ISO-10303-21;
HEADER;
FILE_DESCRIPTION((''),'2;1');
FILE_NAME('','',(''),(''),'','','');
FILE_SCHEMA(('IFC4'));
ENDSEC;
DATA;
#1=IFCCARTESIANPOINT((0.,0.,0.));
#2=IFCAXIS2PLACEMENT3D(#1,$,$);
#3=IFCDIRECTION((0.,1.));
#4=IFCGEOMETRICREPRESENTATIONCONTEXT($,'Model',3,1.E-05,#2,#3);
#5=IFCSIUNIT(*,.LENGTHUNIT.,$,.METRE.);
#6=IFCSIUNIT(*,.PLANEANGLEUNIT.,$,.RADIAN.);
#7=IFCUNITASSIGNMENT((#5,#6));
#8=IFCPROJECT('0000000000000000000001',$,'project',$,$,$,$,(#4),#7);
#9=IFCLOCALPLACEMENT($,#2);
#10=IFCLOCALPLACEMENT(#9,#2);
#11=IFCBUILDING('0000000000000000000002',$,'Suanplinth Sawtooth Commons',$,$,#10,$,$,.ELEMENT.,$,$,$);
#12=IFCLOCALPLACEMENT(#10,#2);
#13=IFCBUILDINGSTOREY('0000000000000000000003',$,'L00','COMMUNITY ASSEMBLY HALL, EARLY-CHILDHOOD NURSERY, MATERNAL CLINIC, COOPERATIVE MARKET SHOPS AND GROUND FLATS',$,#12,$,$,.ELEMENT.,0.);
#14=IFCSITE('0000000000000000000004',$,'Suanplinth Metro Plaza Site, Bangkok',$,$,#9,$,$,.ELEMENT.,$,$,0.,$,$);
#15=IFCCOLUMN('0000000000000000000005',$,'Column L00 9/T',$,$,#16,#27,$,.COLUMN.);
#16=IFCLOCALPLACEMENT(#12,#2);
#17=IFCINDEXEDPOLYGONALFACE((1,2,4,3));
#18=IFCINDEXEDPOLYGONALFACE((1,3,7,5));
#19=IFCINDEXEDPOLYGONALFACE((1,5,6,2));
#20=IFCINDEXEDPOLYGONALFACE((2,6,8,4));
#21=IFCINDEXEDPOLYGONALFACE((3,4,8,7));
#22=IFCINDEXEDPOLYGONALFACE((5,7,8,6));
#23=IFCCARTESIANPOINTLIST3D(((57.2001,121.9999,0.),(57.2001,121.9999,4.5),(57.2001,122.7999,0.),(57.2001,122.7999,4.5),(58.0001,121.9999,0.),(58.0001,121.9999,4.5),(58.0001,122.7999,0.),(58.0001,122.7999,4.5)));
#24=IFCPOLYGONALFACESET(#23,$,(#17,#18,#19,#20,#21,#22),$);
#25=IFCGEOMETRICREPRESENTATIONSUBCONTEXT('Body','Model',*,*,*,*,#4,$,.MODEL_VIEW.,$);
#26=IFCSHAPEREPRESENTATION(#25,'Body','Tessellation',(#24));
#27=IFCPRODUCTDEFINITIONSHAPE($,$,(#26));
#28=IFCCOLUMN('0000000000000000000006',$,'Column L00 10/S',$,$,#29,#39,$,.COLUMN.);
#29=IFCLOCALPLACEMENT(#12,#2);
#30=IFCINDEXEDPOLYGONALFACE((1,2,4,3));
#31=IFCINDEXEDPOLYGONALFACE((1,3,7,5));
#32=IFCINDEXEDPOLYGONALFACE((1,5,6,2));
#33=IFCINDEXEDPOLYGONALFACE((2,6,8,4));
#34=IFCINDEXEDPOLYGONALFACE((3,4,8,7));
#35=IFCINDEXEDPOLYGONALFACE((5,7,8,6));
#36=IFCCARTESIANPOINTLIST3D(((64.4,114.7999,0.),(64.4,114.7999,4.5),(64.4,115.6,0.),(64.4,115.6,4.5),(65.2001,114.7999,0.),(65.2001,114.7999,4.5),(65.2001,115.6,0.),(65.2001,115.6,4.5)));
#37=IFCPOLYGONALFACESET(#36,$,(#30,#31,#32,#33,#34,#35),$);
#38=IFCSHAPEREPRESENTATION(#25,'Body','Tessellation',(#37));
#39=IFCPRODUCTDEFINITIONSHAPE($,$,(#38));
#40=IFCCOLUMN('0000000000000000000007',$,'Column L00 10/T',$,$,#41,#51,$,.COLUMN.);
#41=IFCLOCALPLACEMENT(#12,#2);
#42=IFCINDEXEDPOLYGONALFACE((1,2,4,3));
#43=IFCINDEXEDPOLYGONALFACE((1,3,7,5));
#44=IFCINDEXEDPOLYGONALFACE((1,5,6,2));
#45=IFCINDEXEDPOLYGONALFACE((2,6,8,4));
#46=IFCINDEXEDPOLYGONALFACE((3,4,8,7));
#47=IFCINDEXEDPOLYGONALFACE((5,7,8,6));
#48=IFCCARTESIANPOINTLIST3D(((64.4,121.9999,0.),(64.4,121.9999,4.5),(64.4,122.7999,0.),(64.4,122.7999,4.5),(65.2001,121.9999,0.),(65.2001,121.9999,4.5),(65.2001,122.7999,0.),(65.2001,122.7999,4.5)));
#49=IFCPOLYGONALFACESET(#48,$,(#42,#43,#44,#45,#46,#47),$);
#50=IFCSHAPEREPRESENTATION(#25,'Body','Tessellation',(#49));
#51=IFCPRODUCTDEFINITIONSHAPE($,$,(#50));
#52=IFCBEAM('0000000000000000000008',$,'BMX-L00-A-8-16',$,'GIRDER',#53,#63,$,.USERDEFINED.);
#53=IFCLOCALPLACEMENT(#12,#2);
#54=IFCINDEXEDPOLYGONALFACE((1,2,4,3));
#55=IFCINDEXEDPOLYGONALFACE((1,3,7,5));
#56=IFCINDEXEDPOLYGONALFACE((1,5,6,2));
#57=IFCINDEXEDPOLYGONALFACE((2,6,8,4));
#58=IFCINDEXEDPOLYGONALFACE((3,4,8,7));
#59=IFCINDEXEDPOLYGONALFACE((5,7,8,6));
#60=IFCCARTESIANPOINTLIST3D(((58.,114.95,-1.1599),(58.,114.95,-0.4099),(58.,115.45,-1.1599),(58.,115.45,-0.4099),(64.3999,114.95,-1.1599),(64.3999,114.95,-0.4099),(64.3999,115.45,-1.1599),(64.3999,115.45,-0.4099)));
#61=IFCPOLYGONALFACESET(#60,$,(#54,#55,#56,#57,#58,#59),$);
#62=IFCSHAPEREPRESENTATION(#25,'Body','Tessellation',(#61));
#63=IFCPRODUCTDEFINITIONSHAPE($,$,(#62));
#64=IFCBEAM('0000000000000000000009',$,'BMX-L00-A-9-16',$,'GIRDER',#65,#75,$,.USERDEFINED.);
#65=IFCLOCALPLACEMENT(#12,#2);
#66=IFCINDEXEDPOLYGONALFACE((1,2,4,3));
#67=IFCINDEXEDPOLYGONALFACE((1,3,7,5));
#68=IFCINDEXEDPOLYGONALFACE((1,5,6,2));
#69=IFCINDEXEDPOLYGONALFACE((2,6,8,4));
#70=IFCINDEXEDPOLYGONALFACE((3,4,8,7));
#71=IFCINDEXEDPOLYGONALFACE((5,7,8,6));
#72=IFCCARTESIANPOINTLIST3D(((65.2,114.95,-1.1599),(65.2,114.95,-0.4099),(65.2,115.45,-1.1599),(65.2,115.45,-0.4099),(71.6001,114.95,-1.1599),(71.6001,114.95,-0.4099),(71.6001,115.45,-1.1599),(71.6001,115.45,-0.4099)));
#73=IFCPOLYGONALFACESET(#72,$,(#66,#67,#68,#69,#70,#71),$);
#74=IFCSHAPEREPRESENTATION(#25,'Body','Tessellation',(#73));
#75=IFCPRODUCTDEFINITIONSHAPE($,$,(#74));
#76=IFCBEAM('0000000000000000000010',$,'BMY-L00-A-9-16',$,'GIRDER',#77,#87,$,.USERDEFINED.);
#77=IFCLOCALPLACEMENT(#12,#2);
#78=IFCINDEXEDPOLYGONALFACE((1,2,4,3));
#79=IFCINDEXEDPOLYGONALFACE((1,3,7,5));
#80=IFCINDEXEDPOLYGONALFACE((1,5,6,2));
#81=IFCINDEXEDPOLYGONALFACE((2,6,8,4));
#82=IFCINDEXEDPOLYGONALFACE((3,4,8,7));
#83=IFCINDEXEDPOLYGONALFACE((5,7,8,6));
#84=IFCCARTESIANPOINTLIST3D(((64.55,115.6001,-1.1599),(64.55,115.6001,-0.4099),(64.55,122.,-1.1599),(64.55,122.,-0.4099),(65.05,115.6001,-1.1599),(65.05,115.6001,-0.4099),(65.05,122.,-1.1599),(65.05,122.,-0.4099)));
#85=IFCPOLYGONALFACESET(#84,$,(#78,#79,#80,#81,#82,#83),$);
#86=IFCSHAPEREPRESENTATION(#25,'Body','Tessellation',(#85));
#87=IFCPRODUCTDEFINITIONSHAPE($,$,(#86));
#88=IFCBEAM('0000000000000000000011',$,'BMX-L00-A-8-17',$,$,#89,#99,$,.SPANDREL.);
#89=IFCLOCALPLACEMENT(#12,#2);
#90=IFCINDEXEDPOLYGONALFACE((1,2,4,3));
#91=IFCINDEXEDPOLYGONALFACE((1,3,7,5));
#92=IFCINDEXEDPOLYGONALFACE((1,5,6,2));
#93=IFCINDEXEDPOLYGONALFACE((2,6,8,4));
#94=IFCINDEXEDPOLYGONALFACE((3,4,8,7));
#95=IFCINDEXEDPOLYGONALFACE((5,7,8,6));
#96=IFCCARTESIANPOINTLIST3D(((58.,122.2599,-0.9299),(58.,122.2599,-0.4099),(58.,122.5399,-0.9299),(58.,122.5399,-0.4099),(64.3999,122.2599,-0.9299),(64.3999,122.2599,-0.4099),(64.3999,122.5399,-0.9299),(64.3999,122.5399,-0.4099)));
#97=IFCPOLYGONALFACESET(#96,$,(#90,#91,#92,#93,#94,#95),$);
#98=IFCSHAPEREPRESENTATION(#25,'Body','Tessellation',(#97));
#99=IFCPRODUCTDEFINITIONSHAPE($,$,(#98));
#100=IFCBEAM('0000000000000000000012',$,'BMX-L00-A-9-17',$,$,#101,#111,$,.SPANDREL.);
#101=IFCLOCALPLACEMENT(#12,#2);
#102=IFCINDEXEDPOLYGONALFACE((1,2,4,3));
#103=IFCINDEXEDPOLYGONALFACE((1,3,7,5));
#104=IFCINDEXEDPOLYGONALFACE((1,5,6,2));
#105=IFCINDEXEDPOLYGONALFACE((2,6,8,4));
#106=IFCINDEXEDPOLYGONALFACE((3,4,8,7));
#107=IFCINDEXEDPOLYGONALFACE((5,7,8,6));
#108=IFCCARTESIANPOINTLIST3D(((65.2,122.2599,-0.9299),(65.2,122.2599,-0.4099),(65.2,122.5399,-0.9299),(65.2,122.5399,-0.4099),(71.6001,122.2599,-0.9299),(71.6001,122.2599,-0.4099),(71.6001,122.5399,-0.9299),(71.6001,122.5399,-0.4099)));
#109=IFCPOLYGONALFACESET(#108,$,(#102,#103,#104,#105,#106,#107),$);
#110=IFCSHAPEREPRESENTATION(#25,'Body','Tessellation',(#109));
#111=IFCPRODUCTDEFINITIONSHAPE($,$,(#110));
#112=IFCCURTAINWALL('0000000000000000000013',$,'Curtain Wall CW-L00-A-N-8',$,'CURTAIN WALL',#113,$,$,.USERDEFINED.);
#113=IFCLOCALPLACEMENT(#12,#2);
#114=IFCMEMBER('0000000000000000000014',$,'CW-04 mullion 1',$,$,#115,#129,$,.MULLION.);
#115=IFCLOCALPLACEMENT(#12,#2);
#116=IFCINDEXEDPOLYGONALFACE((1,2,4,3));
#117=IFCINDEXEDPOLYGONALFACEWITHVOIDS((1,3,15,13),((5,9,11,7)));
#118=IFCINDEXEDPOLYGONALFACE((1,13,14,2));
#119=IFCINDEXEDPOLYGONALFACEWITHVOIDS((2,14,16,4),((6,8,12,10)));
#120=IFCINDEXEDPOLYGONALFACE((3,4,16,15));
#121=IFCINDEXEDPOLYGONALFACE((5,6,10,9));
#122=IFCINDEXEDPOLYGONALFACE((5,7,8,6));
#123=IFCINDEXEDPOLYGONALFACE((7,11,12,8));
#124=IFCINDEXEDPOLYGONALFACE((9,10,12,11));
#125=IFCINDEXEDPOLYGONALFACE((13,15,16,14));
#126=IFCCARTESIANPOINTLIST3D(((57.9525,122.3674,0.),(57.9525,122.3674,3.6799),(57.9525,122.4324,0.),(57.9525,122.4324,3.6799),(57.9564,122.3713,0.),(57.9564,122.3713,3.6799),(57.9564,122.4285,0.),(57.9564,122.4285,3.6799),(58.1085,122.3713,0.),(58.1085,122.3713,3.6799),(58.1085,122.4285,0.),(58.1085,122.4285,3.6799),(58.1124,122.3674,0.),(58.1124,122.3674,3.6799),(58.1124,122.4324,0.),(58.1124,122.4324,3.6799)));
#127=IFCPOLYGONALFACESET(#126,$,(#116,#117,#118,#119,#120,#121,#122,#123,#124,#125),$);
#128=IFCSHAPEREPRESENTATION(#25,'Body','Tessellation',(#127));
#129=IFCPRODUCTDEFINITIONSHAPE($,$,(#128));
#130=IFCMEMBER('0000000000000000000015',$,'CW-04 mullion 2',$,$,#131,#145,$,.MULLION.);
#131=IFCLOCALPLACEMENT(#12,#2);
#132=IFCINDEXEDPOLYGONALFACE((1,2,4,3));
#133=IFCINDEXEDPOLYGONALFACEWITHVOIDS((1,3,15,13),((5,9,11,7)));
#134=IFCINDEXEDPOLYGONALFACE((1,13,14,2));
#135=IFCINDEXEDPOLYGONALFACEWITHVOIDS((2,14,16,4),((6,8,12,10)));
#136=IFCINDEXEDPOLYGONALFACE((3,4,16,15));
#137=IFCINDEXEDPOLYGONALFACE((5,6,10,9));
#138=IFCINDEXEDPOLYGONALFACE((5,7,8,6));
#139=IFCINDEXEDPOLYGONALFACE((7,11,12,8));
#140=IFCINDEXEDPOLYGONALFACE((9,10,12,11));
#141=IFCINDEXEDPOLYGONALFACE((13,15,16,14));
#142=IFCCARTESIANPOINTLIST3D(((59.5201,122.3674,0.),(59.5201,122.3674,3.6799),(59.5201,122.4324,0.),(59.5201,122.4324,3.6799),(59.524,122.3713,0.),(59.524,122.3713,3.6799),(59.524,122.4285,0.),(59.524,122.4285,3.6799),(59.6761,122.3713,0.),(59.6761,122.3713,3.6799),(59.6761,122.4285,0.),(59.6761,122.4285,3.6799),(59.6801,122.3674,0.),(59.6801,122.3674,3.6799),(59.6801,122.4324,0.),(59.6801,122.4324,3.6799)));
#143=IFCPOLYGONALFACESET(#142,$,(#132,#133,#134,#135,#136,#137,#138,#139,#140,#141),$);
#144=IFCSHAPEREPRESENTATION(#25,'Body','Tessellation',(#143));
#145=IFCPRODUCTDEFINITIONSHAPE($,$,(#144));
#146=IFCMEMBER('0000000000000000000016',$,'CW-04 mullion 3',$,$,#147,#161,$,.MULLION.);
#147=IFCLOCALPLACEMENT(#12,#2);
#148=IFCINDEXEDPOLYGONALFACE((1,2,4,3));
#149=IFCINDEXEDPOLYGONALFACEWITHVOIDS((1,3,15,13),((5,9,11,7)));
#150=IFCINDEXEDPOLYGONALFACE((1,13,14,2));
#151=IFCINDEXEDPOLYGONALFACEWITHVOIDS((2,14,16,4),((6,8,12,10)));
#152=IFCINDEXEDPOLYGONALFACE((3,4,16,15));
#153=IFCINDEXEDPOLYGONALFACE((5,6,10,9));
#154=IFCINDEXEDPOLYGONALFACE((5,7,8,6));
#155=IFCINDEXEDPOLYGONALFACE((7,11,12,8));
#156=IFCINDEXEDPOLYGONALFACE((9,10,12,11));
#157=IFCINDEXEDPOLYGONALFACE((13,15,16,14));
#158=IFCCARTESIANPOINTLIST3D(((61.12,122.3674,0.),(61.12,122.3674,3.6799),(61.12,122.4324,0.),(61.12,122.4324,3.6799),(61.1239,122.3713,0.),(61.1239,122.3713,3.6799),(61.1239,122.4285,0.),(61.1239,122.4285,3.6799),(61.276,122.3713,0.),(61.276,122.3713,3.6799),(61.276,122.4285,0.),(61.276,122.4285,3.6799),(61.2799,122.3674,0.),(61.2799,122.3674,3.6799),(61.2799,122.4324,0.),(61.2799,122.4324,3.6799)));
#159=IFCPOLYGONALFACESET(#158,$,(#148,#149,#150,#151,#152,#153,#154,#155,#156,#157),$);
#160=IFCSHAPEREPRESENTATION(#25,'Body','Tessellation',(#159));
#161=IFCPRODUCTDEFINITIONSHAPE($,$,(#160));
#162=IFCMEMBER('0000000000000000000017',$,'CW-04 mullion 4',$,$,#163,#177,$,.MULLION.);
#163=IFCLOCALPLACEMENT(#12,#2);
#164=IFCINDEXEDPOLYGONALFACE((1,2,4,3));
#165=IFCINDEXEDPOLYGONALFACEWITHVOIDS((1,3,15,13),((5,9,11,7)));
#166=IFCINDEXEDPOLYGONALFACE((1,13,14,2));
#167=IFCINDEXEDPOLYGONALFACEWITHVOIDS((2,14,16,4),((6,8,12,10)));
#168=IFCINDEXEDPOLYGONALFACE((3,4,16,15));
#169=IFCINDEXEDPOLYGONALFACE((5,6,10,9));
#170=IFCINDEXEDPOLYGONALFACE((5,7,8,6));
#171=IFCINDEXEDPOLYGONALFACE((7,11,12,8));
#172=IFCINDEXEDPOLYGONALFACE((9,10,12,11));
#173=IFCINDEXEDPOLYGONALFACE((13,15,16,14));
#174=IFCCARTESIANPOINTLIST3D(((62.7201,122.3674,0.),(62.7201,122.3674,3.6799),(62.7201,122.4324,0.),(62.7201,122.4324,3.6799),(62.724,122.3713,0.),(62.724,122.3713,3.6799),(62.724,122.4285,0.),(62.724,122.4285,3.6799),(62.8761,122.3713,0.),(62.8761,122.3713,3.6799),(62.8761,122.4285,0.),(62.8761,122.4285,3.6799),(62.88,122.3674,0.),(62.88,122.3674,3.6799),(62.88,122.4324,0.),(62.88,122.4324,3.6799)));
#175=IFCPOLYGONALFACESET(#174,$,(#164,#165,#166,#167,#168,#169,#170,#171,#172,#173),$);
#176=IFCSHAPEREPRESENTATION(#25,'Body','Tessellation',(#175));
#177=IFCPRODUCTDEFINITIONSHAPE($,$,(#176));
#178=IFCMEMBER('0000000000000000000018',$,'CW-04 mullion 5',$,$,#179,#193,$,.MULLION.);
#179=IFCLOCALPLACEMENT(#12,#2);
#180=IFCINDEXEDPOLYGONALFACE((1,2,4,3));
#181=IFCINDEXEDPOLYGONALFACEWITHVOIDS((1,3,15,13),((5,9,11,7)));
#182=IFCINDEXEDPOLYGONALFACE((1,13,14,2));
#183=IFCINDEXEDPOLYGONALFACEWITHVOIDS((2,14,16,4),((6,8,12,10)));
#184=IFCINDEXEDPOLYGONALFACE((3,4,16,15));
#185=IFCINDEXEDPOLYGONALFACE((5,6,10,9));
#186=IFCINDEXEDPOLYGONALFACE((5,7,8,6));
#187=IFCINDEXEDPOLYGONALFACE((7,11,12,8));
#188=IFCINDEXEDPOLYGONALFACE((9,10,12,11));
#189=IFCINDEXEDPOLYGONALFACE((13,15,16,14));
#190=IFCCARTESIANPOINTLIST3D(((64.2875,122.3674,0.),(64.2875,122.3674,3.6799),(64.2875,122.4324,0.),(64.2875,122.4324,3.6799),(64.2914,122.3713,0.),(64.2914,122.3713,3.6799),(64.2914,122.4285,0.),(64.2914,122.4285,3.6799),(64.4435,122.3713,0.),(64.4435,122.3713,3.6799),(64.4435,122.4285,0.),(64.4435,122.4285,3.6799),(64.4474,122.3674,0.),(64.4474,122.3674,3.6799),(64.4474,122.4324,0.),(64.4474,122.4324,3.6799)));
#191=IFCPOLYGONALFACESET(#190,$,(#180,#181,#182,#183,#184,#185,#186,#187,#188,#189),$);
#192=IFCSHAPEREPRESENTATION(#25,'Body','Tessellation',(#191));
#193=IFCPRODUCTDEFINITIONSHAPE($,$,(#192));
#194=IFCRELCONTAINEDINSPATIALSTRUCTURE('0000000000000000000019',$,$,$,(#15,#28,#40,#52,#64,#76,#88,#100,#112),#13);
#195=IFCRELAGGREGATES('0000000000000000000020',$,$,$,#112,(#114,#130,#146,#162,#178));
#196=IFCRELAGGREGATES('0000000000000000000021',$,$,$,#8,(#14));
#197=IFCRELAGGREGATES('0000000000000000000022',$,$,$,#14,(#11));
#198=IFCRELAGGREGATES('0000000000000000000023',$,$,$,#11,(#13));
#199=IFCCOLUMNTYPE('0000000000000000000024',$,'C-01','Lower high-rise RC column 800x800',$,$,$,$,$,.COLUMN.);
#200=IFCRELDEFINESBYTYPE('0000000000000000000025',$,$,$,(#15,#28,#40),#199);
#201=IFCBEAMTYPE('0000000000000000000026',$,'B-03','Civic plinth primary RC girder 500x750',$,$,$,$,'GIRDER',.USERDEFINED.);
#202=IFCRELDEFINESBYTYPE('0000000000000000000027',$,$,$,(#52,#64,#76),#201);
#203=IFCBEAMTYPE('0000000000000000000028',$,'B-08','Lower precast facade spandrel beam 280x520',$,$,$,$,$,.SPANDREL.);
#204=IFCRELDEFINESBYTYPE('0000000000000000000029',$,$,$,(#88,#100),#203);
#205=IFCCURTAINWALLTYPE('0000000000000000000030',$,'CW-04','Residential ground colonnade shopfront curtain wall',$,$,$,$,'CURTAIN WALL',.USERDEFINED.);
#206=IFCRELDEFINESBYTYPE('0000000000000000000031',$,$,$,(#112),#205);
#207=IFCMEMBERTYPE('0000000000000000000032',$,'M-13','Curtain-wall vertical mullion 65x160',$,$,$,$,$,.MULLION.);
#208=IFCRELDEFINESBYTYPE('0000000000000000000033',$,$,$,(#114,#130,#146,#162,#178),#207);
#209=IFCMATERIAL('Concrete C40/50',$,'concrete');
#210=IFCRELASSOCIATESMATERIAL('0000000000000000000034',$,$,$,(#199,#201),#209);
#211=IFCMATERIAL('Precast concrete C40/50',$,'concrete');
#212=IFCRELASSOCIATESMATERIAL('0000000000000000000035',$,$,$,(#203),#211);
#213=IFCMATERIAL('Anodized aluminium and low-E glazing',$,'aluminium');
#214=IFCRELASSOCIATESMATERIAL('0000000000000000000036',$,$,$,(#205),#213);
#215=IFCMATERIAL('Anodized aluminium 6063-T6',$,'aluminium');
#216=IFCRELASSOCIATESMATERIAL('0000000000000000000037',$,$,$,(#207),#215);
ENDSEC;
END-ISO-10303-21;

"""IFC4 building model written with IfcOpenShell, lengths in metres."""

from ifc_helpers import new_model, si_unit, direction, frame, origin, origin_2d, place, context, subcontext, project, spatial, rectangle, hollow_rectangle, extrude, material, material_profile, profile_set, type_object, element, aggregate, save


model = new_model("IFC4")

# Units and contexts
model_context = context("Model", 3, precision=1e-05, world=origin(), true_north=direction((0.0, 1.0)))
body_context = subcontext(model_context, "Body", "Model", "MODEL_VIEW")
ifc_project = project(units=[si_unit("LENGTHUNIT", "METRE"), si_unit("PLANEANGLEUNIT", "RADIAN")], contexts=[model_context])

# Site, building, storey
site_placement = place(None, origin())
site = spatial("IfcSite", under=ifc_project, at=site_placement, Name="Suanplinth Metro Plaza Site, Bangkok", CompositionType="ELEMENT", RefElevation=0.0)
building_placement = place(site_placement, origin())
building = spatial("IfcBuilding", under=site, at=building_placement, Name="Suanplinth Sawtooth Commons", CompositionType="ELEMENT")
storey_placement = place(building_placement, origin())
storey = spatial("IfcBuildingStorey", under=building, at=storey_placement, Name="L00", Description="COMMUNITY ASSEMBLY HALL, EARLY-CHILDHOOD NURSERY, MATERNAL CLINIC, COOPERATIVE MARKET SHOPS AND GROUND FLATS", CompositionType="ELEMENT", Elevation=0.0)

# Columns
ifc_material_1 = material(Name="Concrete C40/50", Category="concrete")
ifc_material_profile_1 = material_profile(ifc_material_1, rectangle(XDim=0.8, YDim=0.8, at=origin_2d()), Name="RC-COL 800x800")
ifc_profile_set_1 = profile_set([ifc_material_profile_1], Name="Concrete C40/50")
column_type = type_object("IfcColumnType", Name="C-01", Description="Lower high-rise RC column 800x800", PredefinedType="COLUMN", material=ifc_profile_set_1)
for number, where, z_axis, x_axis, name in (
    (1, (57.6001, 122.3999, 0.0), (0.0, 0.0, 1.0), (1.0, 0.0, 0.0), "Column L00 9/T"),
    (2, (64.8, 115.2, 0.0), (0.0, 0.0, 1.0), (1.0, 0.0, 0.0), "Column L00 10/S"),
    (3, (64.8, 122.3999, 0.0), (0.0, 0.0, 1.0), (1.0, 0.0, 0.0), "Column L00 10/T"),
):
    element("IfcColumn", number, at=place(storey_placement, frame(where, z_axis=z_axis, x_axis=x_axis)), inside=storey, type_object=column_type, Name=name, PredefinedType="COLUMN", context=body_context, shape_type="SweptSolid", body=[
        extrude(rectangle(XDim=0.8, YDim=0.8, at=origin_2d()), origin(), (0.0, 0.0, 1.0), 4.5),
    ])

# Beams
ifc_material_profile_2 = material_profile(ifc_material_1, rectangle(XDim=0.5, YDim=0.75, at=origin_2d()), Name="RC-GDR 500x750")
ifc_profile_set_2 = profile_set([ifc_material_profile_2], Name="Concrete C40/50")
beam_type_1 = type_object("IfcBeamType", Name="B-03", Description="Civic plinth primary RC girder 500x750", ElementType="GIRDER", PredefinedType="USERDEFINED", material=ifc_profile_set_2)
beam_1_placement = place(storey_placement, frame((58.0, 115.2, -0.7849), z_axis=(1.0, 0.0, 0.0), x_axis=(0.0, 1.0, 0.0)))
element("IfcBeam", 4, at=beam_1_placement, inside=storey, type_object=beam_type_1, Name="BMX-L00-A-8-16", ObjectType="GIRDER", PredefinedType="USERDEFINED", context=body_context, shape_type="SweptSolid", body=[
    extrude(rectangle(XDim=0.5, YDim=0.75, at=origin_2d()), origin(), (0.0, 0.0, 1.0), 6.3999),
])
beam_2_placement = place(storey_placement, frame((65.2, 115.2, -0.7849), z_axis=(1.0, 0.0, 0.0), x_axis=(0.0, 1.0, 0.0)))
element("IfcBeam", 5, at=beam_2_placement, inside=storey, type_object=beam_type_1, Name="BMX-L00-A-9-16", ObjectType="GIRDER", PredefinedType="USERDEFINED", context=body_context, shape_type="SweptSolid", body=[
    extrude(rectangle(XDim=0.5, YDim=0.75, at=origin_2d()), origin(), (0.0, 0.0, 1.0), 6.4001),
])
beam_3_placement = place(storey_placement, frame((64.8, 115.6001, -0.7849), z_axis=(0.0, 1.0, 0.0), x_axis=(-1.0, 0.0, 0.0)))
element("IfcBeam", 6, at=beam_3_placement, inside=storey, type_object=beam_type_1, Name="BMY-L00-A-9-16", ObjectType="GIRDER", PredefinedType="USERDEFINED", context=body_context, shape_type="SweptSolid", body=[
    extrude(rectangle(XDim=0.5, YDim=0.75, at=origin_2d()), origin(), (0.0, 0.0, 1.0), 6.3999),
])
ifc_material_2 = material(Name="Precast concrete C40/50", Category="concrete")
ifc_material_profile_3 = material_profile(ifc_material_2, rectangle(XDim=0.28, YDim=0.52, at=origin_2d()), Name="PC-SP 280x520")
ifc_profile_set_3 = profile_set([ifc_material_profile_3], Name="Precast concrete C40/50")
beam_type_2 = type_object("IfcBeamType", Name="B-08", Description="Lower precast facade spandrel beam 280x520", PredefinedType="SPANDREL", material=ifc_profile_set_3)
beam_4_placement = place(storey_placement, frame((58.0, 122.3999, -0.6699), z_axis=(1.0, 0.0, 0.0), x_axis=(0.0, 1.0, 0.0)))
element("IfcBeam", 7, at=beam_4_placement, inside=storey, type_object=beam_type_2, Name="BMX-L00-A-8-17", PredefinedType="SPANDREL", context=body_context, shape_type="SweptSolid", body=[
    extrude(rectangle(XDim=0.28, YDim=0.52, at=origin_2d()), origin(), (0.0, 0.0, 1.0), 6.3999),
])
beam_5_placement = place(storey_placement, frame((65.2, 122.3999, -0.6699), z_axis=(1.0, 0.0, 0.0), x_axis=(0.0, 1.0, 0.0)))
element("IfcBeam", 8, at=beam_5_placement, inside=storey, type_object=beam_type_2, Name="BMX-L00-A-9-17", PredefinedType="SPANDREL", context=body_context, shape_type="SweptSolid", body=[
    extrude(rectangle(XDim=0.28, YDim=0.52, at=origin_2d()), origin(), (0.0, 0.0, 1.0), 6.4001),
])

# Curtain wall, members
ifc_material_3 = material(Name="Anodized aluminium and low-E glazing", Category="aluminium")
curtain_wall_type = type_object("IfcCurtainWallType", Name="CW-04", Description="Residential ground colonnade shopfront curtain wall", ElementType="CURTAIN WALL", PredefinedType="USERDEFINED", material=ifc_material_3)
curtain_wall_placement = place(storey_placement, origin())
curtain_wall = element("IfcCurtainWall", 9, at=curtain_wall_placement, inside=storey, type_object=curtain_wall_type, Name="Curtain Wall CW-L00-A-N-8", ObjectType="CURTAIN WALL", PredefinedType="USERDEFINED")
ifc_material_4 = material(Name="Anodized aluminium 6063-T6", Category="aluminium")
ifc_material_profile_4 = material_profile(ifc_material_4, hollow_rectangle(XDim=0.0649, YDim=0.1599, WallThickness=0.0039, at=origin_2d()), Name="ALU-MUL 65x160")
ifc_profile_set_4 = profile_set([ifc_material_profile_4], Name="Anodized aluminium 6063-T6")
member_type_1 = type_object("IfcMemberType", Name="M-13", Description="Curtain-wall vertical mullion 65x160", PredefinedType="MULLION", material=ifc_profile_set_4)
member_1_placement = place(storey_placement, frame((58.0325, 122.3999, 0.0), z_axis=(0.0, 0.0, 1.0), x_axis=(0.0, 1.0, 0.0)))
member_1 = element("IfcMember", 10, at=member_1_placement, type_object=member_type_1, Name="CW-04 mullion 1", PredefinedType="MULLION", context=body_context, shape_type="SweptSolid", body=[
    extrude(hollow_rectangle(XDim=0.0649, YDim=0.1599, WallThickness=0.0039, at=origin_2d()), origin(), (0.0, 0.0, 1.0), 3.6799),
])
member_2_placement = place(storey_placement, frame((59.6001, 122.3999, 0.0), z_axis=(0.0, 0.0, 1.0), x_axis=(0.0, 1.0, 0.0)))
member_2 = element("IfcMember", 11, at=member_2_placement, type_object=member_type_1, Name="CW-04 mullion 2", PredefinedType="MULLION", context=body_context, shape_type="SweptSolid", body=[
    extrude(hollow_rectangle(XDim=0.0649, YDim=0.1599, WallThickness=0.0039, at=origin_2d()), origin(), (0.0, 0.0, 1.0), 3.6799),
])
member_3_placement = place(storey_placement, frame((61.2, 122.3999, 0.0), z_axis=(0.0, 0.0, 1.0), x_axis=(0.0, 1.0, 0.0)))
member_3 = element("IfcMember", 12, at=member_3_placement, type_object=member_type_1, Name="CW-04 mullion 3", PredefinedType="MULLION", context=body_context, shape_type="SweptSolid", body=[
    extrude(hollow_rectangle(XDim=0.0649, YDim=0.1599, WallThickness=0.0039, at=origin_2d()), origin(), (0.0, 0.0, 1.0), 3.6799),
])
member_4_placement = place(storey_placement, frame((62.8, 122.3999, 0.0), z_axis=(0.0, 0.0, 1.0), x_axis=(0.0, 1.0, 0.0)))
member_4 = element("IfcMember", 13, at=member_4_placement, type_object=member_type_1, Name="CW-04 mullion 4", PredefinedType="MULLION", context=body_context, shape_type="SweptSolid", body=[
    extrude(hollow_rectangle(XDim=0.0649, YDim=0.1599, WallThickness=0.0039, at=origin_2d()), origin(), (0.0, 0.0, 1.0), 3.6799),
])
member_5_placement = place(storey_placement, frame((64.3674, 122.3999, 0.0), z_axis=(0.0, 0.0, 1.0), x_axis=(0.0, 1.0, 0.0)))
member_5 = element("IfcMember", 14, at=member_5_placement, type_object=member_type_1, Name="CW-04 mullion 5", PredefinedType="MULLION", context=body_context, shape_type="SweptSolid", body=[
    extrude(hollow_rectangle(XDim=0.0649, YDim=0.1599, WallThickness=0.0039, at=origin_2d()), origin(), (0.0, 0.0, 1.0), 3.6799),
])
aggregate(curtain_wall, [member_1, member_2, member_3, member_4, member_5])

save(model, "model.ifc")
